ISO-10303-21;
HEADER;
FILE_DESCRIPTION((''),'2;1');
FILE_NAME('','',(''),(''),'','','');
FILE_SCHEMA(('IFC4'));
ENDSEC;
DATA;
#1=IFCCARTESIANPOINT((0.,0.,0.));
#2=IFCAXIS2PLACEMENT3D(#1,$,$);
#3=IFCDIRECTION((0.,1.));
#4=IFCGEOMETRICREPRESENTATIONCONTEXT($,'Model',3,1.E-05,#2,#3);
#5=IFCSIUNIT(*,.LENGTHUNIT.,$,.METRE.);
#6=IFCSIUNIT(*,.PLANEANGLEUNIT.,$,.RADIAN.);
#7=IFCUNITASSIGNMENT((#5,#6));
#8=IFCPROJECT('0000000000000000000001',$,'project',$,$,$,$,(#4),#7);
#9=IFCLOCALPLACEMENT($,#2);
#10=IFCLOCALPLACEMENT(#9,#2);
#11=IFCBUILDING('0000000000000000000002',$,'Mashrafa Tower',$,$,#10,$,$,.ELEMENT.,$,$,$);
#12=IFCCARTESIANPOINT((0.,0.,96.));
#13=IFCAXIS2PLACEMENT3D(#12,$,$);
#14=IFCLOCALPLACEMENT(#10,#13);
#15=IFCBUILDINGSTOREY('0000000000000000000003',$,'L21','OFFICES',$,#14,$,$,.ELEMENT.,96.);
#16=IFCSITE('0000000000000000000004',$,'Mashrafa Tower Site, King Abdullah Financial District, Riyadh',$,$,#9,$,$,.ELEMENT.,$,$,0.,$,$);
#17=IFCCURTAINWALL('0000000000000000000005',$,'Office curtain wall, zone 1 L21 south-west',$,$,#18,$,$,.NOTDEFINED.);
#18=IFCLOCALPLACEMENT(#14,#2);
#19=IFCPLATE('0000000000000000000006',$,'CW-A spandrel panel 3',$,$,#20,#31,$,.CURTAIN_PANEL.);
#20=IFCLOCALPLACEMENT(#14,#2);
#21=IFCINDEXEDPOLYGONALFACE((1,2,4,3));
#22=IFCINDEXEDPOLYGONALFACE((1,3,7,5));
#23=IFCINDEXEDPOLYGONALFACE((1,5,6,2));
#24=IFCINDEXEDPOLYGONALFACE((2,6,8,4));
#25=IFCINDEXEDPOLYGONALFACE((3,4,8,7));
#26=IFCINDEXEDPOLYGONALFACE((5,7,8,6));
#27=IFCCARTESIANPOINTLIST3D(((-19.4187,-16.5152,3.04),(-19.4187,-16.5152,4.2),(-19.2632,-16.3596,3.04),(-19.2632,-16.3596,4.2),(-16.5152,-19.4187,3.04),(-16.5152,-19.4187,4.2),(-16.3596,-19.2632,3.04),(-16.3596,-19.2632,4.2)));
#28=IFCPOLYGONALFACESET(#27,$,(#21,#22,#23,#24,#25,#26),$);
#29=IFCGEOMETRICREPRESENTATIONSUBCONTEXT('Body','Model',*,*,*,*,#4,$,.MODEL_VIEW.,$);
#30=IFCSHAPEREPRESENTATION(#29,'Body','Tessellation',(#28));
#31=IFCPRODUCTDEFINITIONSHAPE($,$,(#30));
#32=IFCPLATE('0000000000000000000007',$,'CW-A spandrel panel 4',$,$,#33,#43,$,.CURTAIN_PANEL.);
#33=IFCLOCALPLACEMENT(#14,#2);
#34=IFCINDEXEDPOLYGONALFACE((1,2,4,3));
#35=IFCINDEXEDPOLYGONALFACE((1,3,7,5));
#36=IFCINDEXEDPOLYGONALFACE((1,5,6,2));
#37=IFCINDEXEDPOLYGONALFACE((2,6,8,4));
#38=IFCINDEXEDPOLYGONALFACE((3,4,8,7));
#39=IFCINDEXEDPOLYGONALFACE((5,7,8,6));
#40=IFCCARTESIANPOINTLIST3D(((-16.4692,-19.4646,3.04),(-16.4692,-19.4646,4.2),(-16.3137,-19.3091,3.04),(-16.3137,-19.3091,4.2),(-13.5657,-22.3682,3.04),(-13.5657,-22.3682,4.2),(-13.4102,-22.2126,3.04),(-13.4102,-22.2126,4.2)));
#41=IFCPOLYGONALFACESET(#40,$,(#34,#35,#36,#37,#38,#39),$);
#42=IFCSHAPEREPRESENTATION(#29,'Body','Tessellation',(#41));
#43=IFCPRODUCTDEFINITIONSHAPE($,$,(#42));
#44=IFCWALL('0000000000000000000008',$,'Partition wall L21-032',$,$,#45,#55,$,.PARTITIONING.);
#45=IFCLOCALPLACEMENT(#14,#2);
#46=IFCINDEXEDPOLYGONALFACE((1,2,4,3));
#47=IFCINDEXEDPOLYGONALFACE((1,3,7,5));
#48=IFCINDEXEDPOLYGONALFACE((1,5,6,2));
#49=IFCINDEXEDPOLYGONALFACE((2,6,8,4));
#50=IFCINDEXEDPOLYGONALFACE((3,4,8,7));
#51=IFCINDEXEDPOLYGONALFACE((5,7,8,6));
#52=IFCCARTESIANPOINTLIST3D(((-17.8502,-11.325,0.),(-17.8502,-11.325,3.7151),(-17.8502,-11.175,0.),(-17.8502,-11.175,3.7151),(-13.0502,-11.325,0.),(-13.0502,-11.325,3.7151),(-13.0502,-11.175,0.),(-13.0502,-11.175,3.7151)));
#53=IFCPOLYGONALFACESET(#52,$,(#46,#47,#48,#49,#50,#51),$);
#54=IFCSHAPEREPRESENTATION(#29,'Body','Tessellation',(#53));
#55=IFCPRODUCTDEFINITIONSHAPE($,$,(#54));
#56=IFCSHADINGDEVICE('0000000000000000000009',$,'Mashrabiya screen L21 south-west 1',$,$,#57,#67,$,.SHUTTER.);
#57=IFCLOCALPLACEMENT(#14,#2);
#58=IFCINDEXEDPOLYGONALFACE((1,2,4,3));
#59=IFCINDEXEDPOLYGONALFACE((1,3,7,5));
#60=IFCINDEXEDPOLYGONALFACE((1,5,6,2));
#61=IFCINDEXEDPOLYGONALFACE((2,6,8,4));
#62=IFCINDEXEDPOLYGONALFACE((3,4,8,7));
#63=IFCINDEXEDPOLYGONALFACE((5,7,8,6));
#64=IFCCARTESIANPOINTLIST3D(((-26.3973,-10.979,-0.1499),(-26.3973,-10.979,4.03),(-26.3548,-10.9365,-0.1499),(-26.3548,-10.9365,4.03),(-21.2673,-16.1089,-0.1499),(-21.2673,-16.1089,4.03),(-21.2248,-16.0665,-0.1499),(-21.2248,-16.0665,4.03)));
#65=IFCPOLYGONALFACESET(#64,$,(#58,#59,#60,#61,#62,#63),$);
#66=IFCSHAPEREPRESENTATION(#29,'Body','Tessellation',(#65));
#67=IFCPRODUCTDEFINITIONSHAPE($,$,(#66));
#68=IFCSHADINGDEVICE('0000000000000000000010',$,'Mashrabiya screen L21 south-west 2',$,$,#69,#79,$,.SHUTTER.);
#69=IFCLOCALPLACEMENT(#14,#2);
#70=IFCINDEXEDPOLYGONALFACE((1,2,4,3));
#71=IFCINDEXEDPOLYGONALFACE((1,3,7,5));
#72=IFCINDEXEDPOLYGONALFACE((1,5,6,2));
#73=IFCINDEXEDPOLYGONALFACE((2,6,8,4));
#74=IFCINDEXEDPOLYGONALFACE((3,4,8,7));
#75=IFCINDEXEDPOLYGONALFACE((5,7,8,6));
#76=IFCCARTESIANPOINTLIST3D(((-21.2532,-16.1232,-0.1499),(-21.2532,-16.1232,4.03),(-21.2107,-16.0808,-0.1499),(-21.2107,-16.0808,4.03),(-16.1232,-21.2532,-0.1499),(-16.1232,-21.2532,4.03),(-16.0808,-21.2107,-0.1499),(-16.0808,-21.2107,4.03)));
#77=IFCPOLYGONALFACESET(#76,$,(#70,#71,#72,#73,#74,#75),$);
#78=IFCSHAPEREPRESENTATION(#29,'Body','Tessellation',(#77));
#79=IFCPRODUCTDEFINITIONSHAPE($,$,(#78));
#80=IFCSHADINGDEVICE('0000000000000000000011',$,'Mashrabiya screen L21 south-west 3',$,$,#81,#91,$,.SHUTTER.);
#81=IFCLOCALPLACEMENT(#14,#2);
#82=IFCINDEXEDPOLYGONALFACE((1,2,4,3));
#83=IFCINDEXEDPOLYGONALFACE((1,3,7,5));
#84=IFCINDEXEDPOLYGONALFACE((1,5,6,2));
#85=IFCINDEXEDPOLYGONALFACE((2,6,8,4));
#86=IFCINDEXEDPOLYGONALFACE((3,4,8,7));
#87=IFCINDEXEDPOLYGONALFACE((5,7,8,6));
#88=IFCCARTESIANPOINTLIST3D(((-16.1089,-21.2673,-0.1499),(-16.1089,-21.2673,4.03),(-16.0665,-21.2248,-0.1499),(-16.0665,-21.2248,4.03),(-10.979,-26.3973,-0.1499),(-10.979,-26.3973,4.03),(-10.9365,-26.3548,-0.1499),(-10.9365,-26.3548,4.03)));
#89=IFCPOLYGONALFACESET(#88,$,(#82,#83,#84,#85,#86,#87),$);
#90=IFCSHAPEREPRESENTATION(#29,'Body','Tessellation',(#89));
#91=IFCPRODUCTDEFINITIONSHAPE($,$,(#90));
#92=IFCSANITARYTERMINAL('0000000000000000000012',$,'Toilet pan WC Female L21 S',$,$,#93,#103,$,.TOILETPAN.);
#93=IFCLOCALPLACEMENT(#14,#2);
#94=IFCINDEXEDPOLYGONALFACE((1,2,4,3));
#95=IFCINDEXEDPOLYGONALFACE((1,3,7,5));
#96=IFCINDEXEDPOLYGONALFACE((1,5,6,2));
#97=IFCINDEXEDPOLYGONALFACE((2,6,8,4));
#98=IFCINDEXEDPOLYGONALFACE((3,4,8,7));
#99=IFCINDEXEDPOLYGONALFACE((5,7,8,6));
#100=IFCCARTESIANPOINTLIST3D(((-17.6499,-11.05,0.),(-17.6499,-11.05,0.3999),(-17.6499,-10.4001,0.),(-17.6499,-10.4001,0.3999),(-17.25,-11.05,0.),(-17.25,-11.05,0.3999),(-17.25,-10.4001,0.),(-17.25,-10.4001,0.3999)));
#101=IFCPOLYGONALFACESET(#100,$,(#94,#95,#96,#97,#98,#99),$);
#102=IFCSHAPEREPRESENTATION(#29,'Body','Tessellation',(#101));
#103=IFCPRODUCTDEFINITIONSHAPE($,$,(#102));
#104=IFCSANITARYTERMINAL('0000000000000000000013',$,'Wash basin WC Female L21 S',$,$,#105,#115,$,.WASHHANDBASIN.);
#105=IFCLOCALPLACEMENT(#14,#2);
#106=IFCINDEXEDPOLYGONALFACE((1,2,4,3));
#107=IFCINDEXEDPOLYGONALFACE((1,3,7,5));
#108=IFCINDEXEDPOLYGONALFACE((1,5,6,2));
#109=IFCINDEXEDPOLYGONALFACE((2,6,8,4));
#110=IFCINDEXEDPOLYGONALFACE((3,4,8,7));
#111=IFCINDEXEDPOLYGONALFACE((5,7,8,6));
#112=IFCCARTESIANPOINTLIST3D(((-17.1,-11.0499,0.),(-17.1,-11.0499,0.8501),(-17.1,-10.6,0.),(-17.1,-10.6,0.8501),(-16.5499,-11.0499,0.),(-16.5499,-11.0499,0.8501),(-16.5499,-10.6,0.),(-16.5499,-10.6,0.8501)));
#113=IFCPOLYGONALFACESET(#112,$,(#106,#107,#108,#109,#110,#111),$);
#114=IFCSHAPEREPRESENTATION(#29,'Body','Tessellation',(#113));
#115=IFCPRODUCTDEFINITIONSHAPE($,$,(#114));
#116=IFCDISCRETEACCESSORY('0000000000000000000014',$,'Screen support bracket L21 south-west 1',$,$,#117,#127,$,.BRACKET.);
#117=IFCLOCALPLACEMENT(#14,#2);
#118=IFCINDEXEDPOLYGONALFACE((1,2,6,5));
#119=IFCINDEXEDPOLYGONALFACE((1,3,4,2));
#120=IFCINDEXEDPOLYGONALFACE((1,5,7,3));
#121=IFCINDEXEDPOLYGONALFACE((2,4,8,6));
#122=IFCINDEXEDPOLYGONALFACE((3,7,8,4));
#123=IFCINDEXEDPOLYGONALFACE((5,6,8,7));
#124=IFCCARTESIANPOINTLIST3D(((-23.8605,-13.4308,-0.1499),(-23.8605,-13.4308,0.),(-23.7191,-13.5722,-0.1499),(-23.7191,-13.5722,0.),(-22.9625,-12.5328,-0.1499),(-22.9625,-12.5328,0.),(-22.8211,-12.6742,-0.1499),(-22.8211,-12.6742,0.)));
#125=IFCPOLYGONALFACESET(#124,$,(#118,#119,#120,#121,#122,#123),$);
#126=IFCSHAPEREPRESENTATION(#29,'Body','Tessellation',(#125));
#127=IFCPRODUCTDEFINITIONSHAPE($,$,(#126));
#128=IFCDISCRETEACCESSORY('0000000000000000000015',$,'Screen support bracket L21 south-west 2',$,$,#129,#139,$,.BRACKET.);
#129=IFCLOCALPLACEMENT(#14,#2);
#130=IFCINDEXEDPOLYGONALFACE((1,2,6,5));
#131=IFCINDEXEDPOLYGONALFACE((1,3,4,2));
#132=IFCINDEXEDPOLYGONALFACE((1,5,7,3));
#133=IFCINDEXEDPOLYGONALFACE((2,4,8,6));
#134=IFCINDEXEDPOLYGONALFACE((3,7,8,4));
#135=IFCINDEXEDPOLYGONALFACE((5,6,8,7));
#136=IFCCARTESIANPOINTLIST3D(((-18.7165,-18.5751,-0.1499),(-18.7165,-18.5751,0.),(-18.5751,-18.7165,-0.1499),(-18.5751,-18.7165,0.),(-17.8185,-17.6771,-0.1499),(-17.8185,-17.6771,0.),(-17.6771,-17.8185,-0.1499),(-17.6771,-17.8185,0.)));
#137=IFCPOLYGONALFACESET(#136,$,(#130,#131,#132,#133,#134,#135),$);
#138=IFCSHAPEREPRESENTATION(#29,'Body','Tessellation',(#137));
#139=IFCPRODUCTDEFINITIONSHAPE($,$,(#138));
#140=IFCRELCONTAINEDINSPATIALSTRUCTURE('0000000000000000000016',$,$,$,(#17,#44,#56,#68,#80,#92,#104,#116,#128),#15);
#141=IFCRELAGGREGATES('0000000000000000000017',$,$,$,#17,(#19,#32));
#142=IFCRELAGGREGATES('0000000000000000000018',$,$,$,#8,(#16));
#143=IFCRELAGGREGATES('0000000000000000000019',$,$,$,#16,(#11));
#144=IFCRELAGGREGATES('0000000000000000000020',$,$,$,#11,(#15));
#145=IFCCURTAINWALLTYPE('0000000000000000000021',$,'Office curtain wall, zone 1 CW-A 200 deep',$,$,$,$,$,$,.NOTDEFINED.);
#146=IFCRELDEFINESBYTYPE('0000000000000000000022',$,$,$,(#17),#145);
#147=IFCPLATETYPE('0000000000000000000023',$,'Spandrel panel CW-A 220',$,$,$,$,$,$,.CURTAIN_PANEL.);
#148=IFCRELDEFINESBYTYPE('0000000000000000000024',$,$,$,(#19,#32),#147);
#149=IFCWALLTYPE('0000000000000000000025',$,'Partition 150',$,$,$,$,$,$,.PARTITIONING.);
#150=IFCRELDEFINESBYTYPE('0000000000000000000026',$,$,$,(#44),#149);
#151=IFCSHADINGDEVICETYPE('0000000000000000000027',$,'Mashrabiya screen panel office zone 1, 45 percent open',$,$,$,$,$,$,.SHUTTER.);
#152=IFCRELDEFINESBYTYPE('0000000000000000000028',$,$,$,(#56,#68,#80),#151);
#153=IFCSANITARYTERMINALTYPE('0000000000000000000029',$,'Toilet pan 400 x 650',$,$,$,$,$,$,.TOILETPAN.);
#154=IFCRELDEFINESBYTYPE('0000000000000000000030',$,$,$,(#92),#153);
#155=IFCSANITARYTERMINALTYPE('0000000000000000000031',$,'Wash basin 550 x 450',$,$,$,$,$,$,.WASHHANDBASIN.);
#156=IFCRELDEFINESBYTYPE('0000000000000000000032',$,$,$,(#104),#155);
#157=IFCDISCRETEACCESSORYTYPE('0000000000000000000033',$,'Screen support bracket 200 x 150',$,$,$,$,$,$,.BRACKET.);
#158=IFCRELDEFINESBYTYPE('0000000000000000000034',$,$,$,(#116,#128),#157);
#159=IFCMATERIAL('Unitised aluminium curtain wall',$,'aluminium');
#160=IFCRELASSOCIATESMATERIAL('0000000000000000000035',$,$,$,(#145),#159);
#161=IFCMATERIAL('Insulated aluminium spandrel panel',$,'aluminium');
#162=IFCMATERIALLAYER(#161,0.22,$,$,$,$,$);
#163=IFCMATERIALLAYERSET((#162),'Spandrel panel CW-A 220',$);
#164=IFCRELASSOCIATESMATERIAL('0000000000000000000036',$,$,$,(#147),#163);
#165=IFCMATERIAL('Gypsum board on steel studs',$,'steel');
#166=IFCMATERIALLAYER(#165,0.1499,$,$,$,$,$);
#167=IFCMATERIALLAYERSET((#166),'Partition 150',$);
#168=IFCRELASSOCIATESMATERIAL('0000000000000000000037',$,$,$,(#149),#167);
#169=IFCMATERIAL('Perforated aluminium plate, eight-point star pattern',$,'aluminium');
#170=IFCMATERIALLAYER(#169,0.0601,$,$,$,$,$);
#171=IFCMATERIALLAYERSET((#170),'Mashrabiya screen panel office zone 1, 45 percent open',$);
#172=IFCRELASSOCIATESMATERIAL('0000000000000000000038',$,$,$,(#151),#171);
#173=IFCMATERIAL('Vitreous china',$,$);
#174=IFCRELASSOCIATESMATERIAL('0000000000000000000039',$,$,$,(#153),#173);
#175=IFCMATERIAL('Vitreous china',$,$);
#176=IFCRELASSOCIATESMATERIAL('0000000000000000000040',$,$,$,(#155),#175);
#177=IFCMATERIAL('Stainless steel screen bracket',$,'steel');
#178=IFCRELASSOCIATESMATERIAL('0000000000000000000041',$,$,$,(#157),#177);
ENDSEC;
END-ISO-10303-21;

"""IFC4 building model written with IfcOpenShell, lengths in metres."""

from ifc_helpers import new_model, si_unit, direction, frame, frame_2d, origin, origin_2d, place, context, subcontext, project, spatial, rectangle, extrude, source, transform, mapped, material, layer, layer_set, type_object, type_shapes, element, aggregate, save


model = new_model("IFC4")

# Units and contexts
model_context = context("Model", 3, precision=1e-05, world=origin(), true_north=direction((0.0, 1.0)))
body_context = subcontext(model_context, "Body", "Model", "MODEL_VIEW")
ifc_project = project(units=[si_unit("LENGTHUNIT", "METRE"), si_unit("PLANEANGLEUNIT", "RADIAN")], contexts=[model_context])

# Site, building, storey
site_placement = place(None, origin())
site = spatial("IfcSite", under=ifc_project, at=site_placement, Name="Mashrafa Tower Site, King Abdullah Financial District, Riyadh", CompositionType="ELEMENT", RefElevation=0.0)
building_placement = place(site_placement, origin())
building = spatial("IfcBuilding", under=site, at=building_placement, Name="Mashrafa Tower", CompositionType="ELEMENT")
storey_placement = place(building_placement, frame((0.0, 0.0, 96.0)))
storey = spatial("IfcBuildingStorey", under=building, at=storey_placement, Name="L21", Description="OFFICES", CompositionType="ELEMENT", Elevation=96.0)

# Shared definitions
ifc_material_1 = material(Name="Unitised aluminium curtain wall", Category="aluminium")
curtain_wall_type = type_object("IfcCurtainWallType", Name="Office curtain wall, zone 1 CW-A 200 deep", PredefinedType="NOTDEFINED", material=ifc_material_1)

# Curtain wall, plates
curtain_wall_1_placement = place(storey_placement, origin())
curtain_wall_1 = element("IfcCurtainWall", 1, at=curtain_wall_1_placement, inside=storey, type_object=curtain_wall_type, Name="Office curtain wall, zone 1 L21 south-west", PredefinedType="NOTDEFINED")
ifc_material_2 = material(Name="Insulated aluminium spandrel panel", Category="aluminium")
ifc_layer_1 = layer(ifc_material_2, 0.22)
ifc_layer_set_1 = layer_set([ifc_layer_1], Name="Spandrel panel CW-A 220")
plate_type_1 = type_object("IfcPlateType", Name="Spandrel panel CW-A 220", PredefinedType="CURTAIN_PANEL", material=ifc_layer_set_1)
shared_shape_1 = source(origin(), body_context, "Body", "SweptSolid", [
    extrude(rectangle(XDim=4.1062, YDim=0.22, at=origin_2d()), origin(), (0.0, 0.0, 1.0), 1.1599),
])
plate_1_placement = place(storey_placement, frame((-17.8892, -17.8892, 3.04), z_axis=(0.0, 0.0, 1.0), x_axis=(0.707107, -0.707107, 0.0)))
plate_1 = element("IfcPlate", 2, at=plate_1_placement, type_object=plate_type_1, Name="CW-A spandrel panel 3", PredefinedType="CURTAIN_PANEL", context=body_context, shape_type="MappedRepresentation", body=[
    mapped(shared_shape_1, transform((0.0, 0.0, 0.0))),
])
plate_2_placement = place(storey_placement, frame((-14.9397, -20.8386, 3.04), z_axis=(0.0, 0.0, 1.0), x_axis=(0.707107, -0.707107, 0.0)))
plate_2 = element("IfcPlate", 3, at=plate_2_placement, type_object=plate_type_1, Name="CW-A spandrel panel 4", PredefinedType="CURTAIN_PANEL", context=body_context, shape_type="MappedRepresentation", body=[
    mapped(shared_shape_1, transform((0.0, 0.0, 0.0))),
])
aggregate(curtain_wall_1, [plate_1, plate_2])

# Wall
ifc_material_3 = material(Name="Gypsum board on steel studs", Category="steel")
ifc_layer_2 = layer(ifc_material_3, 0.1499)
ifc_layer_set_2 = layer_set([ifc_layer_2], Name="Partition 150")
wall_type = type_object("IfcWallType", Name="Partition 150", PredefinedType="PARTITIONING", material=ifc_layer_set_2)
wall_placement = place(storey_placement, frame((-17.8501, -11.25, 0.0), z_axis=(0.0, 0.0, 1.0), x_axis=(1.0, 0.0, 0.0)))
element("IfcWall", 4, at=wall_placement, inside=storey, type_object=wall_type, Name="Partition wall L21-032", PredefinedType="PARTITIONING", context=body_context, shape_type="SweptSolid", body=[
    extrude(rectangle(XDim=4.8, YDim=0.1499, at=frame_2d((2.3999, 0.0))), origin(), (0.0, 0.0, 1.0), 3.7151),
])

# Shading devices
ifc_material_4 = material(Name="Perforated aluminium plate, eight-point star pattern", Category="aluminium")
ifc_layer_3 = layer(ifc_material_4, 0.0601)
ifc_layer_set_3 = layer_set([ifc_layer_3], Name="Mashrabiya screen panel office zone 1, 45 percent open")
shading_device_type = type_object("IfcShadingDeviceType", Name="Mashrabiya screen panel office zone 1, 45 percent open", PredefinedType="SHUTTER", material=ifc_layer_set_3)
shared_shape_2 = source(origin(), body_context, "Body", "SweptSolid", [
    extrude(rectangle(XDim=7.2549, YDim=0.0601, at=origin_2d()), origin(), (0.0, 0.0, 1.0), 4.1799),
])
type_shapes(shading_device_type, [shared_shape_2])
for number, where, z_axis, x_axis, name in (
    (5, (-23.811, -13.5227, -0.1499), (0.0, 0.0, 1.0), (0.707107, -0.707107, 0.0), "Mashrabiya screen L21 south-west 1"),
    (6, (-18.667, -18.667, -0.1499), (0.0, 0.0, 1.0), (0.707107, -0.707107, 0.0), "Mashrabiya screen L21 south-west 2"),
    (7, (-13.5227, -23.811, -0.1499), (0.0, 0.0, 1.0), (0.707107, -0.707107, 0.0), "Mashrabiya screen L21 south-west 3"),
):
    element("IfcShadingDevice", number, at=place(storey_placement, frame(where, z_axis=z_axis, x_axis=x_axis)), inside=storey, type_object=shading_device_type, Name=name, PredefinedType="SHUTTER", context=body_context, shape_type="MappedRepresentation", body=[
        mapped(shared_shape_2, transform((0.0, 0.0, 0.0))),
    ])

# Sanitary terminals
ifc_material_5 = material(Name="Vitreous china")
sanitary_terminal_type_1 = type_object("IfcSanitaryTerminalType", Name="Toilet pan 400 x 650", PredefinedType="TOILETPAN", material=ifc_material_5)
sanitary_terminal_1_placement = place(storey_placement, frame((-17.45, -10.7251, 0.0), z_axis=(0.0, 0.0, 1.0), x_axis=(1.0, 0.0, 0.0)))
element("IfcSanitaryTerminal", 8, at=sanitary_terminal_1_placement, inside=storey, type_object=sanitary_terminal_type_1, Name="Toilet pan WC Female L21 S", PredefinedType="TOILETPAN", context=body_context, shape_type="SweptSolid", body=[
    extrude(rectangle(XDim=0.3999, YDim=0.6499, at=origin_2d()), origin(), (0.0, 0.0, 1.0), 0.3999),
])
ifc_material_6 = material(Name="Vitreous china")
sanitary_terminal_type_2 = type_object("IfcSanitaryTerminalType", Name="Wash basin 550 x 450", PredefinedType="WASHHANDBASIN", material=ifc_material_6)
sanitary_terminal_2_placement = place(storey_placement, frame((-16.825, -10.825, 0.0), z_axis=(0.0, 0.0, 1.0), x_axis=(1.0, 0.0, 0.0)))
element("IfcSanitaryTerminal", 9, at=sanitary_terminal_2_placement, inside=storey, type_object=sanitary_terminal_type_2, Name="Wash basin WC Female L21 S", PredefinedType="WASHHANDBASIN", context=body_context, shape_type="SweptSolid", body=[
    extrude(rectangle(XDim=0.55, YDim=0.45, at=origin_2d()), origin(), (0.0, 0.0, 1.0), 0.8501),
])

# Discrete accessories
ifc_material_7 = material(Name="Stainless steel screen bracket", Category="steel")
discrete_accessory_type = type_object("IfcDiscreteAccessoryType", Name="Screen support bracket 200 x 150", PredefinedType="BRACKET", material=ifc_material_7)
shared_shape_3 = source(origin(), body_context, "Body", "SweptSolid", [
    extrude(rectangle(XDim=0.2, YDim=1.27, at=origin_2d()), origin(), (0.0, 0.0, 1.0), 0.1499),
])
type_shapes(discrete_accessory_type, [shared_shape_3])
for number, where, z_axis, x_axis, name in (
    (10, (-23.3408, -13.0525, -0.1499), (0.0, 0.0, 1.0), (0.707107, -0.707107, 0.0), "Screen support bracket L21 south-west 1"),
    (11, (-18.1968, -18.1968, -0.1499), (0.0, 0.0, 1.0), (0.707107, -0.707107, 0.0), "Screen support bracket L21 south-west 2"),
):
    element("IfcDiscreteAccessory", number, at=place(storey_placement, frame(where, z_axis=z_axis, x_axis=x_axis)), inside=storey, type_object=discrete_accessory_type, Name=name, PredefinedType="BRACKET", context=body_context, shape_type="MappedRepresentation", body=[
        mapped(shared_shape_3, transform((0.0, 0.0, 0.0))),
    ])

save(model, "model.ifc")
